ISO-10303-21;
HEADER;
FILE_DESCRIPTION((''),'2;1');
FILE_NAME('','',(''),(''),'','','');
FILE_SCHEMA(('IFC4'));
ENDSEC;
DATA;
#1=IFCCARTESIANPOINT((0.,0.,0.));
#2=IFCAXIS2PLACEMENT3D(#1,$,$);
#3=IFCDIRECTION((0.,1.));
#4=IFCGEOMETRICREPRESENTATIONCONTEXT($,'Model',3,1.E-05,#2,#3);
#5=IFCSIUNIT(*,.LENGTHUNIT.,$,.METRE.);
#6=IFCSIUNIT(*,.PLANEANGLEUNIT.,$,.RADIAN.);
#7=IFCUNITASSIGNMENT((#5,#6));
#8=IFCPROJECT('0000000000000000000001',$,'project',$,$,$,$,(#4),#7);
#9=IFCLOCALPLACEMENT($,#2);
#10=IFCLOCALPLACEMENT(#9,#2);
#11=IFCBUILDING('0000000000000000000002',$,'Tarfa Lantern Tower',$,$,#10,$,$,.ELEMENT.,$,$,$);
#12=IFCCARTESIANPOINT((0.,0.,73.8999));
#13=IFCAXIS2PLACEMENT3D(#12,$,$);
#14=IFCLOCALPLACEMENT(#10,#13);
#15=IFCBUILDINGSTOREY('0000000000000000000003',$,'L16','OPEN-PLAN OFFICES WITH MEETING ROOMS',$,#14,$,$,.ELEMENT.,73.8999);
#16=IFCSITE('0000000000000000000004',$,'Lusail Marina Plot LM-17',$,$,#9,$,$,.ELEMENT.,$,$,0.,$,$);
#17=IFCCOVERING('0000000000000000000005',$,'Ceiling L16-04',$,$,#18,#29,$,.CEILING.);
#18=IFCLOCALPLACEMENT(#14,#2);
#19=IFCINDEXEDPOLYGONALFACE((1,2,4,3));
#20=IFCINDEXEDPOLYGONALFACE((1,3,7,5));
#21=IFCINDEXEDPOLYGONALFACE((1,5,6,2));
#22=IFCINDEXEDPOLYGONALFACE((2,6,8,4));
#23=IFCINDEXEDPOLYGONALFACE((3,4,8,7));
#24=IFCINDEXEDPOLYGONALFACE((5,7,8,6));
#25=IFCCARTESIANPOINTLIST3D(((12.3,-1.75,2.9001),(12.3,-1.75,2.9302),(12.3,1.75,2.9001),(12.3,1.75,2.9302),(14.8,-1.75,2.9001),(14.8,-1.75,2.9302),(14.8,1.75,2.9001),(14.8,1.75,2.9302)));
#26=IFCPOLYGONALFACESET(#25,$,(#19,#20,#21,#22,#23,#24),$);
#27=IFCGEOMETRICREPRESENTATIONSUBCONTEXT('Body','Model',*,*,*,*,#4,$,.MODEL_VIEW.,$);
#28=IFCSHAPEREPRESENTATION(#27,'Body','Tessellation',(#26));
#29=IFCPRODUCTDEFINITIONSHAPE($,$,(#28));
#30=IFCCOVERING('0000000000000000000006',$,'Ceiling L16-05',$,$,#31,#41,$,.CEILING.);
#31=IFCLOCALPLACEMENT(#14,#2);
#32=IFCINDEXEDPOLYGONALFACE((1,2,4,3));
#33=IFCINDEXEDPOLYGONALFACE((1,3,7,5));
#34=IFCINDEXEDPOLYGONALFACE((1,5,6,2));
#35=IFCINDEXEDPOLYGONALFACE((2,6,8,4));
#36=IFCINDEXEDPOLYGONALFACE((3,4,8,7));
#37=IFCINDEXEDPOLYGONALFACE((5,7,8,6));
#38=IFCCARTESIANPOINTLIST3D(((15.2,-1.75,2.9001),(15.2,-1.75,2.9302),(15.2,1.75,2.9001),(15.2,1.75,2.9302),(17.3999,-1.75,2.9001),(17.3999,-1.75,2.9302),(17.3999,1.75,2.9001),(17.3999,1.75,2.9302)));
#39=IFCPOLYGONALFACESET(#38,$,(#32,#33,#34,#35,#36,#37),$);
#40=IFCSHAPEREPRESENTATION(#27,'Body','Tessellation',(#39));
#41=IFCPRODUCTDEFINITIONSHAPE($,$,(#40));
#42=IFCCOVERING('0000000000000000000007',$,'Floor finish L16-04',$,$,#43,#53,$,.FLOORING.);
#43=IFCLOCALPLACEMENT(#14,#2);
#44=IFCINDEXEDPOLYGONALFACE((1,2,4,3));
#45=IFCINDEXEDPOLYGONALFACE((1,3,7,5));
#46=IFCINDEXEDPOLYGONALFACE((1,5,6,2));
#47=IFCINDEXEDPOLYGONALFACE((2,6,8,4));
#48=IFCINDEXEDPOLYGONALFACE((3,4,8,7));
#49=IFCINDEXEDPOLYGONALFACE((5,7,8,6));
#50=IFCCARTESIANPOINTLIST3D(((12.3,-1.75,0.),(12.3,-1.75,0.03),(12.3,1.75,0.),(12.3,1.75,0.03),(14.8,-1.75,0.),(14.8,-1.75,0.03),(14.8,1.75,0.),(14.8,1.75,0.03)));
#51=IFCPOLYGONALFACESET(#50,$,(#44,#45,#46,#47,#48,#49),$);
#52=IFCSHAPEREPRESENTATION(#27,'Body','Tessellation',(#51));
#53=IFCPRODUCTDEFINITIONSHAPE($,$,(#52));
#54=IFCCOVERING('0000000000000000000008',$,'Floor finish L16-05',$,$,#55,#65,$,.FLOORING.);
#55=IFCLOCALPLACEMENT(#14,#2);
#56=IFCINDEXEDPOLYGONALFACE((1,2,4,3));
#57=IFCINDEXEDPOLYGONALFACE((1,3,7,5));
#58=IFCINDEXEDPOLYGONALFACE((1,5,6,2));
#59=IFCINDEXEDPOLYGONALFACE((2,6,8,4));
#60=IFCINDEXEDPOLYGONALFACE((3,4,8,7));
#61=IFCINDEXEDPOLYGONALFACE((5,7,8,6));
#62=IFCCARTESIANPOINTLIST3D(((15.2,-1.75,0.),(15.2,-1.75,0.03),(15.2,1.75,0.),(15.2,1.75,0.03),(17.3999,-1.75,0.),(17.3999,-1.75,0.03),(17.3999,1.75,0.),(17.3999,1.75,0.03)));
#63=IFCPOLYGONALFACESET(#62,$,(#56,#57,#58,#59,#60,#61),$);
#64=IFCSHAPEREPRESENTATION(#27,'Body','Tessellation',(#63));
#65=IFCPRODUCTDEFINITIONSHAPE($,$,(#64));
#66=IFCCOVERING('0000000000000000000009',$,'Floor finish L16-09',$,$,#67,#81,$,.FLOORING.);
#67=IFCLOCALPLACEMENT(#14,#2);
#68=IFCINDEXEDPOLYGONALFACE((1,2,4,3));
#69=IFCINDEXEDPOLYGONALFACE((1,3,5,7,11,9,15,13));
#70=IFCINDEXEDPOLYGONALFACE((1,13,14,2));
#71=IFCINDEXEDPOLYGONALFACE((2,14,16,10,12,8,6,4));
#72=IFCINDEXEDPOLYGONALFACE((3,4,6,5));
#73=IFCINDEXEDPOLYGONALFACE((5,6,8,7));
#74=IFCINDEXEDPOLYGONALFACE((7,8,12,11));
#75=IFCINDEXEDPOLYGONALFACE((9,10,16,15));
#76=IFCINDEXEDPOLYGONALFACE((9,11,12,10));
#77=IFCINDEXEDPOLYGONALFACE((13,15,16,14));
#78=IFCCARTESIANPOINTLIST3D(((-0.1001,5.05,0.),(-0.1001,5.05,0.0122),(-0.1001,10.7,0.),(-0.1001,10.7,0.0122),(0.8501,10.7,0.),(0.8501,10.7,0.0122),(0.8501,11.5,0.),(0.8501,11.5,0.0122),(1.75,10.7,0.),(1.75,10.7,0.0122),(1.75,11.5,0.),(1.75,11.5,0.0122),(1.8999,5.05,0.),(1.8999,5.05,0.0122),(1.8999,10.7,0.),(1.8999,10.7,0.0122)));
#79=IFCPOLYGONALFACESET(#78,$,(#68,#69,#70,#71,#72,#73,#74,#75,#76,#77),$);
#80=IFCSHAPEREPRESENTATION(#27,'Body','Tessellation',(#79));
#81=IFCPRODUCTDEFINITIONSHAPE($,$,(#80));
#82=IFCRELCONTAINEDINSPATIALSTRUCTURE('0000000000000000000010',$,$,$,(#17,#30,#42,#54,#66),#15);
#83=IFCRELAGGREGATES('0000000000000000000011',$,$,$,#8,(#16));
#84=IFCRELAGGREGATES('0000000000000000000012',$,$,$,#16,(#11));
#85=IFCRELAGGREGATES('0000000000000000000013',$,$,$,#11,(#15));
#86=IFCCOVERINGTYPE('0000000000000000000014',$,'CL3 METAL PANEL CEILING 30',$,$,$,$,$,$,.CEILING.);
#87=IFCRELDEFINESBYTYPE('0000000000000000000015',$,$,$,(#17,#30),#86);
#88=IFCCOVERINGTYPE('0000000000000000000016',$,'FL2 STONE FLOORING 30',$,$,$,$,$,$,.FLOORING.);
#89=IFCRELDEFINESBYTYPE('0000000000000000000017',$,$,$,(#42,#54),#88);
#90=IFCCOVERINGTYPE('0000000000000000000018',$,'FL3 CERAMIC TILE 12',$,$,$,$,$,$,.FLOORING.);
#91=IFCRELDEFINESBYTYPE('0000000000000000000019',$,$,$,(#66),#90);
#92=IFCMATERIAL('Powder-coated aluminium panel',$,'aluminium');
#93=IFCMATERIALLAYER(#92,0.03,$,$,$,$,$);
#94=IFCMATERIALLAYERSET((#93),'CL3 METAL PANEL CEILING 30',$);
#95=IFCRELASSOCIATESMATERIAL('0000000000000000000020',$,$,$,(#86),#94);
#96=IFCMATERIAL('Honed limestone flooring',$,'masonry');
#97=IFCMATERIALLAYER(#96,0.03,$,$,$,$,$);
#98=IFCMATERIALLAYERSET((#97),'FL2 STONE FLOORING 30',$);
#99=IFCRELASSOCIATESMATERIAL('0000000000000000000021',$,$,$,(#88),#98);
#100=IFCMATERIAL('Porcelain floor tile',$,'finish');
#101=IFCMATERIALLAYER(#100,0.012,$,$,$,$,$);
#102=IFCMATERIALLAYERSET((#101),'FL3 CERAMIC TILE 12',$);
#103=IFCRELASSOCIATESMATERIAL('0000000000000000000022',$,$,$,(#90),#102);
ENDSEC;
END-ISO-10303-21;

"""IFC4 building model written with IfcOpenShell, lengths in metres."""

from ifc_helpers import new_model, si_unit, direction, frame, origin, place, context, subcontext, project, spatial, polyline, outline, extrude, material, layer, layer_set, type_object, element, save


model = new_model("IFC4")

# Units and contexts
model_context = context("Model", 3, precision=1e-05, world=origin(), true_north=direction((0.0, 1.0)))
body_context = subcontext(model_context, "Body", "Model", "MODEL_VIEW")
ifc_project = project(units=[si_unit("LENGTHUNIT", "METRE"), si_unit("PLANEANGLEUNIT", "RADIAN")], contexts=[model_context])

# Site, building, storey
site_placement = place(None, origin())
site = spatial("IfcSite", under=ifc_project, at=site_placement, Name="Lusail Marina Plot LM-17", CompositionType="ELEMENT", RefElevation=0.0)
building_placement = place(site_placement, origin())
building = spatial("IfcBuilding", under=site, at=building_placement, Name="Tarfa Lantern Tower", CompositionType="ELEMENT")
storey_placement = place(building_placement, frame((0.0, 0.0, 73.8999)))
storey = spatial("IfcBuildingStorey", under=building, at=storey_placement, Name="L16", Description="OPEN-PLAN OFFICES WITH MEETING ROOMS", CompositionType="ELEMENT", Elevation=73.8999)

# Coverings
ifc_material_1 = material(Name="Powder-coated aluminium panel", Category="aluminium")
ifc_layer_1 = layer(ifc_material_1, 0.03)
ifc_layer_set_1 = layer_set([ifc_layer_1], Name="CL3 METAL PANEL CEILING 30")
covering_type_1 = type_object("IfcCoveringType", Name="CL3 METAL PANEL CEILING 30", PredefinedType="CEILING", material=ifc_layer_set_1)
covering_1_placement = place(storey_placement, frame((0.0, 0.0, 2.9001)))
element("IfcCovering", 1, at=covering_1_placement, inside=storey, type_object=covering_type_1, Name="Ceiling L16-04", PredefinedType="CEILING", context=body_context, shape_type="SweptSolid", body=[
    extrude(outline(polyline([(12.3, -1.75), (14.8, -1.75), (14.8, 1.75), (12.3, 1.75), (12.3, -1.75)])), origin(), (0.0, 0.0, 1.0), 0.03),
])
covering_2_placement = place(storey_placement, frame((0.0, 0.0, 2.9001)))
element("IfcCovering", 2, at=covering_2_placement, inside=storey, type_object=covering_type_1, Name="Ceiling L16-05", PredefinedType="CEILING", context=body_context, shape_type="SweptSolid", body=[
    extrude(outline(polyline([(15.2, -1.75), (17.3999, -1.75), (17.3999, 1.75), (15.2, 1.75), (15.2, -1.75)])), origin(), (0.0, 0.0, 1.0), 0.03),
])
ifc_material_2 = material(Name="Honed limestone flooring", Category="masonry")
ifc_layer_2 = layer(ifc_material_2, 0.03)
ifc_layer_set_2 = layer_set([ifc_layer_2], Name="FL2 STONE FLOORING 30")
covering_type_2 = type_object("IfcCoveringType", Name="FL2 STONE FLOORING 30", PredefinedType="FLOORING", material=ifc_layer_set_2)
covering_3_placement = place(storey_placement, origin())
element("IfcCovering", 3, at=covering_3_placement, inside=storey, type_object=covering_type_2, Name="Floor finish L16-04", PredefinedType="FLOORING", context=body_context, shape_type="SweptSolid", body=[
    extrude(outline(polyline([(12.3, -1.75), (14.8, -1.75), (14.8, 1.75), (12.3, 1.75), (12.3, -1.75)])), origin(), (0.0, 0.0, 1.0), 0.03),
])
covering_4_placement = place(storey_placement, origin())
element("IfcCovering", 4, at=covering_4_placement, inside=storey, type_object=covering_type_2, Name="Floor finish L16-05", PredefinedType="FLOORING", context=body_context, shape_type="SweptSolid", body=[
    extrude(outline(polyline([(15.2, -1.75), (17.3999, -1.75), (17.3999, 1.75), (15.2, 1.75), (15.2, -1.75)])), origin(), (0.0, 0.0, 1.0), 0.03),
])
ifc_material_3 = material(Name="Porcelain floor tile", Category="finish")
ifc_layer_3 = layer(ifc_material_3, 0.012)
ifc_layer_set_3 = layer_set([ifc_layer_3], Name="FL3 CERAMIC TILE 12")
covering_type_3 = type_object("IfcCoveringType", Name="FL3 CERAMIC TILE 12", PredefinedType="FLOORING", material=ifc_layer_set_3)
covering_5_placement = place(storey_placement, origin())
element("IfcCovering", 5, at=covering_5_placement, inside=storey, type_object=covering_type_3, Name="Floor finish L16-09", PredefinedType="FLOORING", context=body_context, shape_type="SweptSolid", body=[
    extrude(outline(polyline([(0.8501, 10.7), (-0.1001, 10.7), (-0.1001, 5.05), (1.8999, 5.05), (1.8999, 10.7), (1.75, 10.7), (1.75, 11.5), (1.75, 11.5), (0.8501, 11.5), (0.8501, 10.7)])), origin(), (0.0, 0.0, 1.0), 0.0122),
])

save(model, "model.ifc")
